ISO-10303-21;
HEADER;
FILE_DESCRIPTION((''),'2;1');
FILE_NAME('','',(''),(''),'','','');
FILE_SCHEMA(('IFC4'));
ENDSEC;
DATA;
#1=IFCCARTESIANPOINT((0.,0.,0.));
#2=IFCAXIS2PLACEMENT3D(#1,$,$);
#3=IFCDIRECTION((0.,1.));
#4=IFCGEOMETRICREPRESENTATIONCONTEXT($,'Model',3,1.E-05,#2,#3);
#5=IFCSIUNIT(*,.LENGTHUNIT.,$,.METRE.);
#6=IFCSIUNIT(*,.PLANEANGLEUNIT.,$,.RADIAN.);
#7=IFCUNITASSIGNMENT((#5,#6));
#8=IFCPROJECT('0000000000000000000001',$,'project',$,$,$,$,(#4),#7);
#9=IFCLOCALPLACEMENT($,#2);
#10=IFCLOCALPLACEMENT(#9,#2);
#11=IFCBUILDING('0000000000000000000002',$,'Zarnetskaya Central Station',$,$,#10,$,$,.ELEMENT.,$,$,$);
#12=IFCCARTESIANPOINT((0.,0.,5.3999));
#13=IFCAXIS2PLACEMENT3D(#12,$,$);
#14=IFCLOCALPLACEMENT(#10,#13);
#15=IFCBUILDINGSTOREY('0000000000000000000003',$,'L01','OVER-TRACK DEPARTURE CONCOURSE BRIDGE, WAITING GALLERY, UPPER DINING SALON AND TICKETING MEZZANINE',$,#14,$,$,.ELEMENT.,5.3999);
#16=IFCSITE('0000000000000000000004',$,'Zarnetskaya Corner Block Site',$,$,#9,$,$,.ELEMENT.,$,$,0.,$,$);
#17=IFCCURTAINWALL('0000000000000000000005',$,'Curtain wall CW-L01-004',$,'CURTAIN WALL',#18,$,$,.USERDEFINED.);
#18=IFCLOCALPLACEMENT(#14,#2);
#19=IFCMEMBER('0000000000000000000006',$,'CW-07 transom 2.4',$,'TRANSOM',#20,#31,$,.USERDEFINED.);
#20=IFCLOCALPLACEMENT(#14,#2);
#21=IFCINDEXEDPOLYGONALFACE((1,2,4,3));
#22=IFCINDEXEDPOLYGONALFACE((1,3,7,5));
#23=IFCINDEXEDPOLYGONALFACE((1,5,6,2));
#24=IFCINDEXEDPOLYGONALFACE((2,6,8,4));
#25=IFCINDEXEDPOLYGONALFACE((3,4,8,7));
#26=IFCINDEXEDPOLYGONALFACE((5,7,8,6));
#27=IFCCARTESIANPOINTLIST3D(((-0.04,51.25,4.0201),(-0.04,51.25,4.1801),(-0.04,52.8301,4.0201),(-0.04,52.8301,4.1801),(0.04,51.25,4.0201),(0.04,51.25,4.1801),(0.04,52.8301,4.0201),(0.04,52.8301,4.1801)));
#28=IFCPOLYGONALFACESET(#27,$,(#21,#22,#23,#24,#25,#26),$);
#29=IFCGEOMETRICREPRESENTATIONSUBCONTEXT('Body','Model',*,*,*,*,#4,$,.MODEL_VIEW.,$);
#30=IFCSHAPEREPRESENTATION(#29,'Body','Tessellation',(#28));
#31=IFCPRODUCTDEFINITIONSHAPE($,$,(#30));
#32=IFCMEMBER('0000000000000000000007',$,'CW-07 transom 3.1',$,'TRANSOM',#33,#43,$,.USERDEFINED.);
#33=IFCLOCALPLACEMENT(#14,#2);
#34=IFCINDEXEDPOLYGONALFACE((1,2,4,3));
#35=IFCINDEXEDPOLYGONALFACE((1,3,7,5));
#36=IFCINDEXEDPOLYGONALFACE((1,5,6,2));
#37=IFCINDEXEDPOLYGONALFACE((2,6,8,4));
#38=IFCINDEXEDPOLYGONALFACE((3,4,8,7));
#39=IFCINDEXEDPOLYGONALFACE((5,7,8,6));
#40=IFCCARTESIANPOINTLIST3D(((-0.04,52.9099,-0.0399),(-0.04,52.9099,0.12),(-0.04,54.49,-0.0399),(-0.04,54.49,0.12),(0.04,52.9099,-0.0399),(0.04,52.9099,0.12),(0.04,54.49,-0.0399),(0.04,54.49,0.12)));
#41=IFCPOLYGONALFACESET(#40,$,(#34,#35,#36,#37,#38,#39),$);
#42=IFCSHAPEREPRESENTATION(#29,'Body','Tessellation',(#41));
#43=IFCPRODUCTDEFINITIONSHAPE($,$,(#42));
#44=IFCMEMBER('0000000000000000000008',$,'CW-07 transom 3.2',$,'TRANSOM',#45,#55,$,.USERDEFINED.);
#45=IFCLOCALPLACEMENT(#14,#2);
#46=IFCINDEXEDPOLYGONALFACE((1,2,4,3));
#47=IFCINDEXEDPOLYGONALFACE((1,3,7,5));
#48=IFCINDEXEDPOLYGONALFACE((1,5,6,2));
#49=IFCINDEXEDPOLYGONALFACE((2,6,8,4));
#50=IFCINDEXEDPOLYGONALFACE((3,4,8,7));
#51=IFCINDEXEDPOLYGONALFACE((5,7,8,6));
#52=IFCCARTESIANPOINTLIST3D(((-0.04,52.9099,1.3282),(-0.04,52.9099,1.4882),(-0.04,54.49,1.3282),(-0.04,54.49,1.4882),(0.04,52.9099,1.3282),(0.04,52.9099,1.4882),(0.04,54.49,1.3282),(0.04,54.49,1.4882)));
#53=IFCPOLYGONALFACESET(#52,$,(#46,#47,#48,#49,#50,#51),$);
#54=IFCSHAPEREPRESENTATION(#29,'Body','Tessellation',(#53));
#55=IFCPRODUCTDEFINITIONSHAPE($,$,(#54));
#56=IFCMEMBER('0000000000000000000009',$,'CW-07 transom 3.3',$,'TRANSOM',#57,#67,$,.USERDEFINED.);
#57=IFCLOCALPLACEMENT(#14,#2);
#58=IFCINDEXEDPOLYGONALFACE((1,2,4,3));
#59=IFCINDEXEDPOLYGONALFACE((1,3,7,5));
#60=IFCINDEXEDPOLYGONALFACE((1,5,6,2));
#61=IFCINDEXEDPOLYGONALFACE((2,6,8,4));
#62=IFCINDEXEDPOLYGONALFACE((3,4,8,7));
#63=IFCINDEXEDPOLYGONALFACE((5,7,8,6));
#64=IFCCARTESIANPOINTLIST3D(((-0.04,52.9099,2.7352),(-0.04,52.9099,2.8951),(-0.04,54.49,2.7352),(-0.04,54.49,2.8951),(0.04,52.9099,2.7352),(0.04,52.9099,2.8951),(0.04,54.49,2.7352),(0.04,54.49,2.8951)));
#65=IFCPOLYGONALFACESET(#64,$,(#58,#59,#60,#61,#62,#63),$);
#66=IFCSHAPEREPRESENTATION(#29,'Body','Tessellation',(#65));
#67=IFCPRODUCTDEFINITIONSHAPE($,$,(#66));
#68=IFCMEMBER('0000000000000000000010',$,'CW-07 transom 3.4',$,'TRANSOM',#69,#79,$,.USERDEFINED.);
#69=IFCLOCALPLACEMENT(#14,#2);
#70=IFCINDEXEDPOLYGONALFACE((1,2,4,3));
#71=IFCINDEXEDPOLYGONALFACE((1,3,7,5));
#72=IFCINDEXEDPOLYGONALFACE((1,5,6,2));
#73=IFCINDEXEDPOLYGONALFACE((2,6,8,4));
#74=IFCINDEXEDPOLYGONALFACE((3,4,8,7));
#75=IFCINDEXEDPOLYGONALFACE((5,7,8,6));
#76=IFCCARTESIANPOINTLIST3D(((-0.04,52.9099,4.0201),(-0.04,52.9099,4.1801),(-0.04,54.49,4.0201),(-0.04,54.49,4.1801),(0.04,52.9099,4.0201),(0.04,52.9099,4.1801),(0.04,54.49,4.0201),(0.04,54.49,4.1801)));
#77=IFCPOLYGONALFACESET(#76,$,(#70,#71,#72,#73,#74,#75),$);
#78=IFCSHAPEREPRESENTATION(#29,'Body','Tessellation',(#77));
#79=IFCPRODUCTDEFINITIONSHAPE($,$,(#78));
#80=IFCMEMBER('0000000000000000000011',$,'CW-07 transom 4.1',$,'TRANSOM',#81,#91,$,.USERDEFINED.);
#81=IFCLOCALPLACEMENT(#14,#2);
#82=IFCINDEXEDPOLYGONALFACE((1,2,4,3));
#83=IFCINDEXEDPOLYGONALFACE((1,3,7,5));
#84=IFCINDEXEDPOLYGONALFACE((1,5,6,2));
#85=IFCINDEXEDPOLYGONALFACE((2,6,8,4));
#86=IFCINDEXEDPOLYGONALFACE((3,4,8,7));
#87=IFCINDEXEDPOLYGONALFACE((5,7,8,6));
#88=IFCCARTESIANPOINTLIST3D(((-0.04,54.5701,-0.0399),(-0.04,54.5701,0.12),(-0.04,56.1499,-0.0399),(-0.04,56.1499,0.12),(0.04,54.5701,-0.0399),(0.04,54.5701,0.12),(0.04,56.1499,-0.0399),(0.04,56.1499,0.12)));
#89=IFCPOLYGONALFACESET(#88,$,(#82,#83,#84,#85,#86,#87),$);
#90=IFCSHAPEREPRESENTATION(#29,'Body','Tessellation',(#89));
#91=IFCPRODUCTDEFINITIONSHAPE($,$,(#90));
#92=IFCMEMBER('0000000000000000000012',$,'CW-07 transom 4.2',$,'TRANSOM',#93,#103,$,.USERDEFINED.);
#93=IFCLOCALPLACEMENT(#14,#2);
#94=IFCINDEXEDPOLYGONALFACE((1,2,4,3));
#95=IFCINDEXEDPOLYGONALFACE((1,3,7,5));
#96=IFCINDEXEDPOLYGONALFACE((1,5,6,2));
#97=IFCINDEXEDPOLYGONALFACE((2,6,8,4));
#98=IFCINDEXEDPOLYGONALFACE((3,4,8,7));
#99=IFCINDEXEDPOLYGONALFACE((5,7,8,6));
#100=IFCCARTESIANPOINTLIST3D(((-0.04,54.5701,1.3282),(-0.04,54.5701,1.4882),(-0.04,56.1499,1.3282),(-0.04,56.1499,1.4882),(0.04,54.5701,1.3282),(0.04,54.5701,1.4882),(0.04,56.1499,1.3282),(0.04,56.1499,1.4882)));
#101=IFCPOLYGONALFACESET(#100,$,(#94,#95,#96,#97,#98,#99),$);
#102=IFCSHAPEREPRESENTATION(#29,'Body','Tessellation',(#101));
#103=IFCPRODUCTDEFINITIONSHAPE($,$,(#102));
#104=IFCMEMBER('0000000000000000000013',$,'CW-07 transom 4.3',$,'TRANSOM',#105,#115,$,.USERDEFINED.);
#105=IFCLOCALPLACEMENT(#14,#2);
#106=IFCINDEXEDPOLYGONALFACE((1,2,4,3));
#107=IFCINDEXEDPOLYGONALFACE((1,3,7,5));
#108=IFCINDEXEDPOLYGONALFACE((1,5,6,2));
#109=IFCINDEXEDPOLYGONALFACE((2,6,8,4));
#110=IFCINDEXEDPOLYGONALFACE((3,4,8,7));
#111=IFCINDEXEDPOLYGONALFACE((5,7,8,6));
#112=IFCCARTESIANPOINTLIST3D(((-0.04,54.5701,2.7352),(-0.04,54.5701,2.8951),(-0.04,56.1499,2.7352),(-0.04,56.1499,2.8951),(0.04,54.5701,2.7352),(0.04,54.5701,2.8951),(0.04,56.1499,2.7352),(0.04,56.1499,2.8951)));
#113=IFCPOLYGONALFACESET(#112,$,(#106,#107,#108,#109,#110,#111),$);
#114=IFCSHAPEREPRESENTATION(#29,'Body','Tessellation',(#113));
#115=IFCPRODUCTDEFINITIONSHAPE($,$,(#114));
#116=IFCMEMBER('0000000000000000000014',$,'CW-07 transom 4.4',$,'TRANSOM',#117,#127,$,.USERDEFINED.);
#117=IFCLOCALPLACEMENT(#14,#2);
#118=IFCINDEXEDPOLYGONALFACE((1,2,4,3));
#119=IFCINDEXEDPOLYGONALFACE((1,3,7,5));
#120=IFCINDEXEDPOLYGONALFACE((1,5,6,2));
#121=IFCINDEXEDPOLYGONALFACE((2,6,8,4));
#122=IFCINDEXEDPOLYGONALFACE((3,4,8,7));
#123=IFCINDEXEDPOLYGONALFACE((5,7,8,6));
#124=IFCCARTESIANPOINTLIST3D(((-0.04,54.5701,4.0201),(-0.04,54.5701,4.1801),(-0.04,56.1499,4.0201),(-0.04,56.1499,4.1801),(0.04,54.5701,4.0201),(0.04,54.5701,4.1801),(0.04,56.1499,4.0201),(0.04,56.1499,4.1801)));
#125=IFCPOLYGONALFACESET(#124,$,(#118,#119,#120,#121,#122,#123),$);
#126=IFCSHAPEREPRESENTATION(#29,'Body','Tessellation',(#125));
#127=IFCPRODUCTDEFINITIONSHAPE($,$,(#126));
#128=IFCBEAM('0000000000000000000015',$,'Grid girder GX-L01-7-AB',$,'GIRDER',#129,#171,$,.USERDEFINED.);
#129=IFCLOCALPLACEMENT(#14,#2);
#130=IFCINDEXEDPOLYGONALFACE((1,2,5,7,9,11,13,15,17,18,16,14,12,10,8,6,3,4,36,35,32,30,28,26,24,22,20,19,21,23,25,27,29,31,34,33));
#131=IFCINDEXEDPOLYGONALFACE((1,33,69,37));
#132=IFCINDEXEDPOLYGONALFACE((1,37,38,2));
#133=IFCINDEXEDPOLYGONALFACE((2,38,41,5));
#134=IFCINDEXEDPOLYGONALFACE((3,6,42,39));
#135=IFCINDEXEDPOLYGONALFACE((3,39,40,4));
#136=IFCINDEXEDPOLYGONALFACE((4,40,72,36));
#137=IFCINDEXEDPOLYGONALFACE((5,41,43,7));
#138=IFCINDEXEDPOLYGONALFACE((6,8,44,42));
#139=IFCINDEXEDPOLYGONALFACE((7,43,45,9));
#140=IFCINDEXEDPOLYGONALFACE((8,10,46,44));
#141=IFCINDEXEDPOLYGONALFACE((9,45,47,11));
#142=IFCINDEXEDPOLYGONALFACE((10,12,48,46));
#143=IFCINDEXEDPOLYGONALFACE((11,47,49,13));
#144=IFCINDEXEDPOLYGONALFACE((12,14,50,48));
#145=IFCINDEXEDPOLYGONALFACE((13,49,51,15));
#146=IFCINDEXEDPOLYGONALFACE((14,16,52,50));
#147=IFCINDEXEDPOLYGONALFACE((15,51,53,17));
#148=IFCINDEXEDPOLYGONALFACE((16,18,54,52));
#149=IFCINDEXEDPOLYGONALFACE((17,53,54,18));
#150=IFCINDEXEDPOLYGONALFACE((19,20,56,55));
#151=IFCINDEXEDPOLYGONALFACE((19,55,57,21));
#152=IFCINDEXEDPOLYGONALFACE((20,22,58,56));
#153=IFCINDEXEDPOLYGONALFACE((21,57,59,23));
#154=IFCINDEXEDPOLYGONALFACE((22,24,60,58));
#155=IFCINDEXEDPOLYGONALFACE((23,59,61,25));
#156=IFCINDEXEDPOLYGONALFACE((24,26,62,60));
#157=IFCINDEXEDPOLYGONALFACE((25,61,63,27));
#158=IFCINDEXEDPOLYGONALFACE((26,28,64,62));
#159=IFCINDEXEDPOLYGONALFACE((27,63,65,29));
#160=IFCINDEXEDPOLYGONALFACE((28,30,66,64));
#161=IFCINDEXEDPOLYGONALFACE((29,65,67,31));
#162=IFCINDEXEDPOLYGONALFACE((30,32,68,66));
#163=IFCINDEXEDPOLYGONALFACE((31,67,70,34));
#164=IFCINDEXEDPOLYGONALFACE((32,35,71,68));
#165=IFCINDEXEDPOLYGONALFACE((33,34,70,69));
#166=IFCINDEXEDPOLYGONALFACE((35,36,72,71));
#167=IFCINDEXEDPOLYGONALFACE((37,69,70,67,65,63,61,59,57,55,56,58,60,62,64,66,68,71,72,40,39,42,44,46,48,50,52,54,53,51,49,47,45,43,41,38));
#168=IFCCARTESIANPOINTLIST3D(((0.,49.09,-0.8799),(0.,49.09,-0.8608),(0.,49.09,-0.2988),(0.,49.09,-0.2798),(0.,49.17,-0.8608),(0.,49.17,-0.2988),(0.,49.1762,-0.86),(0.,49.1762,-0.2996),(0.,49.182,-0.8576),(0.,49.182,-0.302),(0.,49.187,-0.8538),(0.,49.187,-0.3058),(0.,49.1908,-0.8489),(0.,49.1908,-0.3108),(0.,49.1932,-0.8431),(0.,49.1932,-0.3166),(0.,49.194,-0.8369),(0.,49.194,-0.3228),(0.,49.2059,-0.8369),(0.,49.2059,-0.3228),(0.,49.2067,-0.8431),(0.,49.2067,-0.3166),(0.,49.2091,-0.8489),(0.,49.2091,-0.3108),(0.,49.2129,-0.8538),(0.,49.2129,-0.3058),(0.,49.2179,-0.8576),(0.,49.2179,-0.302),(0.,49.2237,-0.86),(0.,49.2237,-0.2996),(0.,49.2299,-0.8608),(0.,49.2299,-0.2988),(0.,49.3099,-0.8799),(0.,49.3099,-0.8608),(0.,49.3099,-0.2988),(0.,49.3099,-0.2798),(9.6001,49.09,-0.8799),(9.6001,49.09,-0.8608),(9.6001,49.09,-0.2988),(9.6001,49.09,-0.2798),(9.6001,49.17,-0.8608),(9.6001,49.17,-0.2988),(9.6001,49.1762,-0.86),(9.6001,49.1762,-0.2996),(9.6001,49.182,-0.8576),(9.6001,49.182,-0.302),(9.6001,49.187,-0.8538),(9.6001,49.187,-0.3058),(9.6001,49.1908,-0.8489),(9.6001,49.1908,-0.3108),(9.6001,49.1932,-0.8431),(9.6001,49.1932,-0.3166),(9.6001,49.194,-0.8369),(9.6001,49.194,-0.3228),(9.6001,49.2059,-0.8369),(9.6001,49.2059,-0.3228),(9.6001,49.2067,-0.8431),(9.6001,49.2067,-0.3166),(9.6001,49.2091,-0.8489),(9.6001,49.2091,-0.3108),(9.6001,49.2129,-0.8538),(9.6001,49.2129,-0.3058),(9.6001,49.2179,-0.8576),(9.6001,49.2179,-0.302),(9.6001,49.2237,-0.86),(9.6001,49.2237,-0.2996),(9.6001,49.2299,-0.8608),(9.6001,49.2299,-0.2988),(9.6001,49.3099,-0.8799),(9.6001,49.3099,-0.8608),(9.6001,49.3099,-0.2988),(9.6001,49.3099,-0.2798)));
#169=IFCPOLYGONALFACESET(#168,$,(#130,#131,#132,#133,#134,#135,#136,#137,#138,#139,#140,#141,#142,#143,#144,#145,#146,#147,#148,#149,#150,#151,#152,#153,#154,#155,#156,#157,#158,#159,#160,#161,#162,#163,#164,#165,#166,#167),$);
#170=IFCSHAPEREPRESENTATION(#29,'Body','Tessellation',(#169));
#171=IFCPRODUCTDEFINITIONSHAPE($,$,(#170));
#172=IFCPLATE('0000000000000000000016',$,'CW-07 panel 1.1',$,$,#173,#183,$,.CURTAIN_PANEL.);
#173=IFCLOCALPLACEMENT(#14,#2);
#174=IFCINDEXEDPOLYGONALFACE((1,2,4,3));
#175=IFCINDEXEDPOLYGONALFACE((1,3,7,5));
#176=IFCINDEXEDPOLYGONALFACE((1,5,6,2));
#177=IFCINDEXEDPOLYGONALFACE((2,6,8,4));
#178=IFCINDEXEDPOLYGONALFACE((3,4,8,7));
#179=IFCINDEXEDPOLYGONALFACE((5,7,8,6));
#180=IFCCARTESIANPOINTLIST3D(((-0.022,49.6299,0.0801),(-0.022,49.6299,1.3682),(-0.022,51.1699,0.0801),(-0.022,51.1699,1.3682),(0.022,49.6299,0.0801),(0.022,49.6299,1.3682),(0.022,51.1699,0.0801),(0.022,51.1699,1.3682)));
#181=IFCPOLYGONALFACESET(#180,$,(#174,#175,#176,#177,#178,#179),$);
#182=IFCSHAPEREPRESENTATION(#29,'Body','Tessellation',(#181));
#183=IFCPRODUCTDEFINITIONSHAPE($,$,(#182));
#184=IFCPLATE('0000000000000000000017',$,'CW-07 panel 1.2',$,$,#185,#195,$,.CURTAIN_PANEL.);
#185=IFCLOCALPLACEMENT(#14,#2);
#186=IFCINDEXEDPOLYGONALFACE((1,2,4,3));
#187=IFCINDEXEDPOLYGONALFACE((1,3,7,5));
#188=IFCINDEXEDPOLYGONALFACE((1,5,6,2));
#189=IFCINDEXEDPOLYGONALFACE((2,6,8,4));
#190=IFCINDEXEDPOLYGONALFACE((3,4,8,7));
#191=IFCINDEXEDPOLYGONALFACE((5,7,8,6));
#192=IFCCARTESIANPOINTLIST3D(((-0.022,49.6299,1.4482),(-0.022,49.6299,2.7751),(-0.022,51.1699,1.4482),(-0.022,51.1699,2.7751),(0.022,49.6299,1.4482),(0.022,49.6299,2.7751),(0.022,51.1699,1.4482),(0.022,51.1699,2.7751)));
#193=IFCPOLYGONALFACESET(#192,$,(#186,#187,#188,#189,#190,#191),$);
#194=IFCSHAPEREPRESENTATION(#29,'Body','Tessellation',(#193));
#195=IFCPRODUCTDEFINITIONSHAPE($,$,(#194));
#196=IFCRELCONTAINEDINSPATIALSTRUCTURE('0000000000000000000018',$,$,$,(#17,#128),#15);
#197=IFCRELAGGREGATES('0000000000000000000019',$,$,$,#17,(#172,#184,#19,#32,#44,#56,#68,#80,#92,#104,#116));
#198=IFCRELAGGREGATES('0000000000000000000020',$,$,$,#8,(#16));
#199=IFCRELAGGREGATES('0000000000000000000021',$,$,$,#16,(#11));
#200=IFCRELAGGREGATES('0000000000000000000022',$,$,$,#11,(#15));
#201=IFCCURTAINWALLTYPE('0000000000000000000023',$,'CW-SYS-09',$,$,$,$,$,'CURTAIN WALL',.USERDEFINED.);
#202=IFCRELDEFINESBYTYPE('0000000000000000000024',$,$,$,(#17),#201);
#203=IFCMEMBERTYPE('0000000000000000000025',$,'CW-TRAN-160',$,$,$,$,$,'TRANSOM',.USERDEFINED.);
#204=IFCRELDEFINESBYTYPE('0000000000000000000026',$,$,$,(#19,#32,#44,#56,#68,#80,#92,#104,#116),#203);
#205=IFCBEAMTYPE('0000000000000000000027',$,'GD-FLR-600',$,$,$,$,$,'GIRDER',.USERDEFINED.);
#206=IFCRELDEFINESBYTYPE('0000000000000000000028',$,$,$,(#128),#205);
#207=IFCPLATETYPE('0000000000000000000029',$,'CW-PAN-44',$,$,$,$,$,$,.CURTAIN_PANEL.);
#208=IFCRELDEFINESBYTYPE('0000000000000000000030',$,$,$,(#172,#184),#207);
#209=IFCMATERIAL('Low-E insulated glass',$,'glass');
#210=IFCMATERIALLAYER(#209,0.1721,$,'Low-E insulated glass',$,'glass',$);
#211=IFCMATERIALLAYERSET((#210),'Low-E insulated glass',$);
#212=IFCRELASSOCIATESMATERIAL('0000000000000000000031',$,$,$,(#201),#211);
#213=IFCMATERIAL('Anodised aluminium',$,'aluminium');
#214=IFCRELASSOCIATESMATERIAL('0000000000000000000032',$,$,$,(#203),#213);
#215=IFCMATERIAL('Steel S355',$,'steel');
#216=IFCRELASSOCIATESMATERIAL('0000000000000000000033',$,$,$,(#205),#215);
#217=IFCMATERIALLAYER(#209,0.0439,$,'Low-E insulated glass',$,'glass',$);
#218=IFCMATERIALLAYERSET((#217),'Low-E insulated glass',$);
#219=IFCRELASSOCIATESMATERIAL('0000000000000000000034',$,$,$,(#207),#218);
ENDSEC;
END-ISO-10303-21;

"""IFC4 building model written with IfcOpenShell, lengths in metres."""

from ifc_helpers import new_model, si_unit, direction, frame, origin, origin_2d, place, context, subcontext, project, spatial, rectangle, i_section, extrude, material, layer, layer_set, material_profile, profile_set, type_object, element, aggregate, save


model = new_model("IFC4")

# Units and contexts
model_context = context("Model", 3, precision=1e-05, world=origin(), true_north=direction((0.0, 1.0)))
body_context = subcontext(model_context, "Body", "Model", "MODEL_VIEW")
ifc_project = project(units=[si_unit("LENGTHUNIT", "METRE"), si_unit("PLANEANGLEUNIT", "RADIAN")], contexts=[model_context])

# Site, building, storey
site_placement = place(None, origin())
site = spatial("IfcSite", under=ifc_project, at=site_placement, Name="Zarnetskaya Corner Block Site", CompositionType="ELEMENT", RefElevation=0.0)
building_placement = place(site_placement, origin())
building = spatial("IfcBuilding", under=site, at=building_placement, Name="Zarnetskaya Central Station", CompositionType="ELEMENT")
storey_placement = place(building_placement, frame((0.0, 0.0, 5.3999)))
storey = spatial("IfcBuildingStorey", under=building, at=storey_placement, Name="L01", Description="OVER-TRACK DEPARTURE CONCOURSE BRIDGE, WAITING GALLERY, UPPER DINING SALON AND TICKETING MEZZANINE", CompositionType="ELEMENT", Elevation=5.3999)

# Shared definitions
ifc_material_1 = material(Name="Steel S355", Category="steel")

# Curtain wall, members
ifc_material_2 = material(Name="Low-E insulated glass", Category="glass")
ifc_layer_1 = layer(ifc_material_2, 0.1721, Name="Low-E insulated glass", Category="glass")
ifc_layer_set_1 = layer_set([ifc_layer_1], Name="Low-E insulated glass")
curtain_wall_type = type_object("IfcCurtainWallType", Name="CW-SYS-09", ElementType="CURTAIN WALL", PredefinedType="USERDEFINED", material=ifc_layer_set_1)
curtain_wall_placement = place(storey_placement, origin())
curtain_wall = element("IfcCurtainWall", 1, at=curtain_wall_placement, inside=storey, type_object=curtain_wall_type, Name="Curtain wall CW-L01-004", ObjectType="CURTAIN WALL", PredefinedType="USERDEFINED")
ifc_material_3 = material(Name="Anodised aluminium", Category="aluminium")
ifc_material_profile_1 = material_profile(ifc_material_3, rectangle(XDim=0.0801, YDim=0.1599, at=origin_2d()), Name="ALU TRAN 80x160")
ifc_profile_set_1 = profile_set([ifc_material_profile_1], Name="Anodised aluminium")
member_type_1 = type_object("IfcMemberType", Name="CW-TRAN-160", ElementType="TRANSOM", PredefinedType="USERDEFINED", material=ifc_profile_set_1)
member_1_placement = place(storey_placement, frame((0.0, 51.25, 4.1001), z_axis=(0.0, 1.0, 0.0), x_axis=(-1.0, 0.0, 0.0)))
member_1 = element("IfcMember", 2, at=member_1_placement, type_object=member_type_1, Name="CW-07 transom 2.4", ObjectType="TRANSOM", PredefinedType="USERDEFINED", context=body_context, shape_type="SweptSolid", body=[
    extrude(rectangle(XDim=0.0801, YDim=0.1599, at=origin_2d()), origin(), (0.0, 0.0, 1.0), 1.5801),
])
member_2_placement = place(storey_placement, frame((0.0, 52.9099, 0.04), z_axis=(0.0, 1.0, 0.0), x_axis=(-1.0, 0.0, 0.0)))
member_2 = element("IfcMember", 3, at=member_2_placement, type_object=member_type_1, Name="CW-07 transom 3.1", ObjectType="TRANSOM", PredefinedType="USERDEFINED", context=body_context, shape_type="SweptSolid", body=[
    extrude(rectangle(XDim=0.0801, YDim=0.1599, at=origin_2d()), origin(), (0.0, 0.0, 1.0), 1.5801),
])
member_3_placement = place(storey_placement, frame((0.0, 52.9099, 1.4082), z_axis=(0.0, 1.0, 0.0), x_axis=(-1.0, 0.0, 0.0)))
member_3 = element("IfcMember", 4, at=member_3_placement, type_object=member_type_1, Name="CW-07 transom 3.2", ObjectType="TRANSOM", PredefinedType="USERDEFINED", context=body_context, shape_type="SweptSolid", body=[
    extrude(rectangle(XDim=0.0801, YDim=0.1599, at=origin_2d()), origin(), (0.0, 0.0, 1.0), 1.5801),
])
member_4_placement = place(storey_placement, frame((0.0, 52.9099, 2.8152), z_axis=(0.0, 1.0, 0.0), x_axis=(-1.0, 0.0, 0.0)))
member_4 = element("IfcMember", 5, at=member_4_placement, type_object=member_type_1, Name="CW-07 transom 3.3", ObjectType="TRANSOM", PredefinedType="USERDEFINED", context=body_context, shape_type="SweptSolid", body=[
    extrude(rectangle(XDim=0.0801, YDim=0.1599, at=origin_2d()), origin(), (0.0, 0.0, 1.0), 1.5801),
])
member_5_placement = place(storey_placement, frame((0.0, 52.9099, 4.1001), z_axis=(0.0, 1.0, 0.0), x_axis=(-1.0, 0.0, 0.0)))
member_5 = element("IfcMember", 6, at=member_5_placement, type_object=member_type_1, Name="CW-07 transom 3.4", ObjectType="TRANSOM", PredefinedType="USERDEFINED", context=body_context, shape_type="SweptSolid", body=[
    extrude(rectangle(XDim=0.0801, YDim=0.1599, at=origin_2d()), origin(), (0.0, 0.0, 1.0), 1.5801),
])
member_6_placement = place(storey_placement, frame((0.0, 54.5701, 0.04), z_axis=(0.0, 1.0, 0.0), x_axis=(-1.0, 0.0, 0.0)))
member_6 = element("IfcMember", 7, at=member_6_placement, type_object=member_type_1, Name="CW-07 transom 4.1", ObjectType="TRANSOM", PredefinedType="USERDEFINED", context=body_context, shape_type="SweptSolid", body=[
    extrude(rectangle(XDim=0.0801, YDim=0.1599, at=origin_2d()), origin(), (0.0, 0.0, 1.0), 1.5798),
])
member_7_placement = place(storey_placement, frame((0.0, 54.5701, 1.4082), z_axis=(0.0, 1.0, 0.0), x_axis=(-1.0, 0.0, 0.0)))
member_7 = element("IfcMember", 8, at=member_7_placement, type_object=member_type_1, Name="CW-07 transom 4.2", ObjectType="TRANSOM", PredefinedType="USERDEFINED", context=body_context, shape_type="SweptSolid", body=[
    extrude(rectangle(XDim=0.0801, YDim=0.1599, at=origin_2d()), origin(), (0.0, 0.0, 1.0), 1.5798),
])
member_8_placement = place(storey_placement, frame((0.0, 54.5701, 2.8152), z_axis=(0.0, 1.0, 0.0), x_axis=(-1.0, 0.0, 0.0)))
member_8 = element("IfcMember", 9, at=member_8_placement, type_object=member_type_1, Name="CW-07 transom 4.3", ObjectType="TRANSOM", PredefinedType="USERDEFINED", context=body_context, shape_type="SweptSolid", body=[
    extrude(rectangle(XDim=0.0801, YDim=0.1599, at=origin_2d()), origin(), (0.0, 0.0, 1.0), 1.5798),
])
member_9_placement = place(storey_placement, frame((0.0, 54.5701, 4.1001), z_axis=(0.0, 1.0, 0.0), x_axis=(-1.0, 0.0, 0.0)))
member_9 = element("IfcMember", 10, at=member_9_placement, type_object=member_type_1, Name="CW-07 transom 4.4", ObjectType="TRANSOM", PredefinedType="USERDEFINED", context=body_context, shape_type="SweptSolid", body=[
    extrude(rectangle(XDim=0.0801, YDim=0.1599, at=origin_2d()), origin(), (0.0, 0.0, 1.0), 1.5798),
])

# Beam
ifc_material_profile_2 = material_profile(ifc_material_1, i_section(OverallWidth=0.22, OverallDepth=0.6001, WebThickness=0.012, FlangeThickness=0.019, FilletRadius=0.0239, at=origin_2d()), Name="IPE 600")
ifc_profile_set_2 = profile_set([ifc_material_profile_2], Name="Steel S355")
beam_type_1 = type_object("IfcBeamType", Name="GD-FLR-600", ElementType="GIRDER", PredefinedType="USERDEFINED", material=ifc_profile_set_2)
beam_1_placement = place(storey_placement, frame((0.0, 49.2, -0.5798), z_axis=(1.0, 0.0, 0.0), x_axis=(0.0, 1.0, 0.0)))
element("IfcBeam", 11, at=beam_1_placement, inside=storey, type_object=beam_type_1, Name="Grid girder GX-L01-7-AB", ObjectType="GIRDER", PredefinedType="USERDEFINED", context=body_context, shape_type="SweptSolid", body=[
    extrude(i_section(OverallWidth=0.22, OverallDepth=0.6001, WebThickness=0.012, FlangeThickness=0.019, FilletRadius=0.0239, at=origin_2d()), origin(), (0.0, 0.0, 1.0), 9.6001),
])

# Plates
ifc_layer_2 = layer(ifc_material_2, 0.0439, Name="Low-E insulated glass", Category="glass")
ifc_layer_set_2 = layer_set([ifc_layer_2], Name="Low-E insulated glass")
plate_type = type_object("IfcPlateType", Name="CW-PAN-44", PredefinedType="CURTAIN_PANEL", material=ifc_layer_set_2)
plate_1_placement = place(storey_placement, frame((0.0, 50.3999, 0.0801), z_axis=(0.0, 0.0, 1.0), x_axis=(0.0, 1.0, 0.0)))
plate_1 = element("IfcPlate", 12, at=plate_1_placement, type_object=plate_type, Name="CW-07 panel 1.1", PredefinedType="CURTAIN_PANEL", context=body_context, shape_type="SweptSolid", body=[
    extrude(rectangle(XDim=1.54, YDim=0.0439, at=origin_2d()), origin(), (0.0, 0.0, 1.0), 1.2881),
])
plate_2_placement = place(storey_placement, frame((0.0, 50.3999, 1.4482), z_axis=(0.0, 0.0, 1.0), x_axis=(0.0, 1.0, 0.0)))
plate_2 = element("IfcPlate", 13, at=plate_2_placement, type_object=plate_type, Name="CW-07 panel 1.2", PredefinedType="CURTAIN_PANEL", context=body_context, shape_type="SweptSolid", body=[
    extrude(rectangle(XDim=1.54, YDim=0.0439, at=origin_2d()), origin(), (0.0, 0.0, 1.0), 1.3269),
])
aggregate(curtain_wall, [plate_1, plate_2, member_1, member_2, member_3, member_4, member_5, member_6, member_7, member_8, member_9])

save(model, "model.ifc")
